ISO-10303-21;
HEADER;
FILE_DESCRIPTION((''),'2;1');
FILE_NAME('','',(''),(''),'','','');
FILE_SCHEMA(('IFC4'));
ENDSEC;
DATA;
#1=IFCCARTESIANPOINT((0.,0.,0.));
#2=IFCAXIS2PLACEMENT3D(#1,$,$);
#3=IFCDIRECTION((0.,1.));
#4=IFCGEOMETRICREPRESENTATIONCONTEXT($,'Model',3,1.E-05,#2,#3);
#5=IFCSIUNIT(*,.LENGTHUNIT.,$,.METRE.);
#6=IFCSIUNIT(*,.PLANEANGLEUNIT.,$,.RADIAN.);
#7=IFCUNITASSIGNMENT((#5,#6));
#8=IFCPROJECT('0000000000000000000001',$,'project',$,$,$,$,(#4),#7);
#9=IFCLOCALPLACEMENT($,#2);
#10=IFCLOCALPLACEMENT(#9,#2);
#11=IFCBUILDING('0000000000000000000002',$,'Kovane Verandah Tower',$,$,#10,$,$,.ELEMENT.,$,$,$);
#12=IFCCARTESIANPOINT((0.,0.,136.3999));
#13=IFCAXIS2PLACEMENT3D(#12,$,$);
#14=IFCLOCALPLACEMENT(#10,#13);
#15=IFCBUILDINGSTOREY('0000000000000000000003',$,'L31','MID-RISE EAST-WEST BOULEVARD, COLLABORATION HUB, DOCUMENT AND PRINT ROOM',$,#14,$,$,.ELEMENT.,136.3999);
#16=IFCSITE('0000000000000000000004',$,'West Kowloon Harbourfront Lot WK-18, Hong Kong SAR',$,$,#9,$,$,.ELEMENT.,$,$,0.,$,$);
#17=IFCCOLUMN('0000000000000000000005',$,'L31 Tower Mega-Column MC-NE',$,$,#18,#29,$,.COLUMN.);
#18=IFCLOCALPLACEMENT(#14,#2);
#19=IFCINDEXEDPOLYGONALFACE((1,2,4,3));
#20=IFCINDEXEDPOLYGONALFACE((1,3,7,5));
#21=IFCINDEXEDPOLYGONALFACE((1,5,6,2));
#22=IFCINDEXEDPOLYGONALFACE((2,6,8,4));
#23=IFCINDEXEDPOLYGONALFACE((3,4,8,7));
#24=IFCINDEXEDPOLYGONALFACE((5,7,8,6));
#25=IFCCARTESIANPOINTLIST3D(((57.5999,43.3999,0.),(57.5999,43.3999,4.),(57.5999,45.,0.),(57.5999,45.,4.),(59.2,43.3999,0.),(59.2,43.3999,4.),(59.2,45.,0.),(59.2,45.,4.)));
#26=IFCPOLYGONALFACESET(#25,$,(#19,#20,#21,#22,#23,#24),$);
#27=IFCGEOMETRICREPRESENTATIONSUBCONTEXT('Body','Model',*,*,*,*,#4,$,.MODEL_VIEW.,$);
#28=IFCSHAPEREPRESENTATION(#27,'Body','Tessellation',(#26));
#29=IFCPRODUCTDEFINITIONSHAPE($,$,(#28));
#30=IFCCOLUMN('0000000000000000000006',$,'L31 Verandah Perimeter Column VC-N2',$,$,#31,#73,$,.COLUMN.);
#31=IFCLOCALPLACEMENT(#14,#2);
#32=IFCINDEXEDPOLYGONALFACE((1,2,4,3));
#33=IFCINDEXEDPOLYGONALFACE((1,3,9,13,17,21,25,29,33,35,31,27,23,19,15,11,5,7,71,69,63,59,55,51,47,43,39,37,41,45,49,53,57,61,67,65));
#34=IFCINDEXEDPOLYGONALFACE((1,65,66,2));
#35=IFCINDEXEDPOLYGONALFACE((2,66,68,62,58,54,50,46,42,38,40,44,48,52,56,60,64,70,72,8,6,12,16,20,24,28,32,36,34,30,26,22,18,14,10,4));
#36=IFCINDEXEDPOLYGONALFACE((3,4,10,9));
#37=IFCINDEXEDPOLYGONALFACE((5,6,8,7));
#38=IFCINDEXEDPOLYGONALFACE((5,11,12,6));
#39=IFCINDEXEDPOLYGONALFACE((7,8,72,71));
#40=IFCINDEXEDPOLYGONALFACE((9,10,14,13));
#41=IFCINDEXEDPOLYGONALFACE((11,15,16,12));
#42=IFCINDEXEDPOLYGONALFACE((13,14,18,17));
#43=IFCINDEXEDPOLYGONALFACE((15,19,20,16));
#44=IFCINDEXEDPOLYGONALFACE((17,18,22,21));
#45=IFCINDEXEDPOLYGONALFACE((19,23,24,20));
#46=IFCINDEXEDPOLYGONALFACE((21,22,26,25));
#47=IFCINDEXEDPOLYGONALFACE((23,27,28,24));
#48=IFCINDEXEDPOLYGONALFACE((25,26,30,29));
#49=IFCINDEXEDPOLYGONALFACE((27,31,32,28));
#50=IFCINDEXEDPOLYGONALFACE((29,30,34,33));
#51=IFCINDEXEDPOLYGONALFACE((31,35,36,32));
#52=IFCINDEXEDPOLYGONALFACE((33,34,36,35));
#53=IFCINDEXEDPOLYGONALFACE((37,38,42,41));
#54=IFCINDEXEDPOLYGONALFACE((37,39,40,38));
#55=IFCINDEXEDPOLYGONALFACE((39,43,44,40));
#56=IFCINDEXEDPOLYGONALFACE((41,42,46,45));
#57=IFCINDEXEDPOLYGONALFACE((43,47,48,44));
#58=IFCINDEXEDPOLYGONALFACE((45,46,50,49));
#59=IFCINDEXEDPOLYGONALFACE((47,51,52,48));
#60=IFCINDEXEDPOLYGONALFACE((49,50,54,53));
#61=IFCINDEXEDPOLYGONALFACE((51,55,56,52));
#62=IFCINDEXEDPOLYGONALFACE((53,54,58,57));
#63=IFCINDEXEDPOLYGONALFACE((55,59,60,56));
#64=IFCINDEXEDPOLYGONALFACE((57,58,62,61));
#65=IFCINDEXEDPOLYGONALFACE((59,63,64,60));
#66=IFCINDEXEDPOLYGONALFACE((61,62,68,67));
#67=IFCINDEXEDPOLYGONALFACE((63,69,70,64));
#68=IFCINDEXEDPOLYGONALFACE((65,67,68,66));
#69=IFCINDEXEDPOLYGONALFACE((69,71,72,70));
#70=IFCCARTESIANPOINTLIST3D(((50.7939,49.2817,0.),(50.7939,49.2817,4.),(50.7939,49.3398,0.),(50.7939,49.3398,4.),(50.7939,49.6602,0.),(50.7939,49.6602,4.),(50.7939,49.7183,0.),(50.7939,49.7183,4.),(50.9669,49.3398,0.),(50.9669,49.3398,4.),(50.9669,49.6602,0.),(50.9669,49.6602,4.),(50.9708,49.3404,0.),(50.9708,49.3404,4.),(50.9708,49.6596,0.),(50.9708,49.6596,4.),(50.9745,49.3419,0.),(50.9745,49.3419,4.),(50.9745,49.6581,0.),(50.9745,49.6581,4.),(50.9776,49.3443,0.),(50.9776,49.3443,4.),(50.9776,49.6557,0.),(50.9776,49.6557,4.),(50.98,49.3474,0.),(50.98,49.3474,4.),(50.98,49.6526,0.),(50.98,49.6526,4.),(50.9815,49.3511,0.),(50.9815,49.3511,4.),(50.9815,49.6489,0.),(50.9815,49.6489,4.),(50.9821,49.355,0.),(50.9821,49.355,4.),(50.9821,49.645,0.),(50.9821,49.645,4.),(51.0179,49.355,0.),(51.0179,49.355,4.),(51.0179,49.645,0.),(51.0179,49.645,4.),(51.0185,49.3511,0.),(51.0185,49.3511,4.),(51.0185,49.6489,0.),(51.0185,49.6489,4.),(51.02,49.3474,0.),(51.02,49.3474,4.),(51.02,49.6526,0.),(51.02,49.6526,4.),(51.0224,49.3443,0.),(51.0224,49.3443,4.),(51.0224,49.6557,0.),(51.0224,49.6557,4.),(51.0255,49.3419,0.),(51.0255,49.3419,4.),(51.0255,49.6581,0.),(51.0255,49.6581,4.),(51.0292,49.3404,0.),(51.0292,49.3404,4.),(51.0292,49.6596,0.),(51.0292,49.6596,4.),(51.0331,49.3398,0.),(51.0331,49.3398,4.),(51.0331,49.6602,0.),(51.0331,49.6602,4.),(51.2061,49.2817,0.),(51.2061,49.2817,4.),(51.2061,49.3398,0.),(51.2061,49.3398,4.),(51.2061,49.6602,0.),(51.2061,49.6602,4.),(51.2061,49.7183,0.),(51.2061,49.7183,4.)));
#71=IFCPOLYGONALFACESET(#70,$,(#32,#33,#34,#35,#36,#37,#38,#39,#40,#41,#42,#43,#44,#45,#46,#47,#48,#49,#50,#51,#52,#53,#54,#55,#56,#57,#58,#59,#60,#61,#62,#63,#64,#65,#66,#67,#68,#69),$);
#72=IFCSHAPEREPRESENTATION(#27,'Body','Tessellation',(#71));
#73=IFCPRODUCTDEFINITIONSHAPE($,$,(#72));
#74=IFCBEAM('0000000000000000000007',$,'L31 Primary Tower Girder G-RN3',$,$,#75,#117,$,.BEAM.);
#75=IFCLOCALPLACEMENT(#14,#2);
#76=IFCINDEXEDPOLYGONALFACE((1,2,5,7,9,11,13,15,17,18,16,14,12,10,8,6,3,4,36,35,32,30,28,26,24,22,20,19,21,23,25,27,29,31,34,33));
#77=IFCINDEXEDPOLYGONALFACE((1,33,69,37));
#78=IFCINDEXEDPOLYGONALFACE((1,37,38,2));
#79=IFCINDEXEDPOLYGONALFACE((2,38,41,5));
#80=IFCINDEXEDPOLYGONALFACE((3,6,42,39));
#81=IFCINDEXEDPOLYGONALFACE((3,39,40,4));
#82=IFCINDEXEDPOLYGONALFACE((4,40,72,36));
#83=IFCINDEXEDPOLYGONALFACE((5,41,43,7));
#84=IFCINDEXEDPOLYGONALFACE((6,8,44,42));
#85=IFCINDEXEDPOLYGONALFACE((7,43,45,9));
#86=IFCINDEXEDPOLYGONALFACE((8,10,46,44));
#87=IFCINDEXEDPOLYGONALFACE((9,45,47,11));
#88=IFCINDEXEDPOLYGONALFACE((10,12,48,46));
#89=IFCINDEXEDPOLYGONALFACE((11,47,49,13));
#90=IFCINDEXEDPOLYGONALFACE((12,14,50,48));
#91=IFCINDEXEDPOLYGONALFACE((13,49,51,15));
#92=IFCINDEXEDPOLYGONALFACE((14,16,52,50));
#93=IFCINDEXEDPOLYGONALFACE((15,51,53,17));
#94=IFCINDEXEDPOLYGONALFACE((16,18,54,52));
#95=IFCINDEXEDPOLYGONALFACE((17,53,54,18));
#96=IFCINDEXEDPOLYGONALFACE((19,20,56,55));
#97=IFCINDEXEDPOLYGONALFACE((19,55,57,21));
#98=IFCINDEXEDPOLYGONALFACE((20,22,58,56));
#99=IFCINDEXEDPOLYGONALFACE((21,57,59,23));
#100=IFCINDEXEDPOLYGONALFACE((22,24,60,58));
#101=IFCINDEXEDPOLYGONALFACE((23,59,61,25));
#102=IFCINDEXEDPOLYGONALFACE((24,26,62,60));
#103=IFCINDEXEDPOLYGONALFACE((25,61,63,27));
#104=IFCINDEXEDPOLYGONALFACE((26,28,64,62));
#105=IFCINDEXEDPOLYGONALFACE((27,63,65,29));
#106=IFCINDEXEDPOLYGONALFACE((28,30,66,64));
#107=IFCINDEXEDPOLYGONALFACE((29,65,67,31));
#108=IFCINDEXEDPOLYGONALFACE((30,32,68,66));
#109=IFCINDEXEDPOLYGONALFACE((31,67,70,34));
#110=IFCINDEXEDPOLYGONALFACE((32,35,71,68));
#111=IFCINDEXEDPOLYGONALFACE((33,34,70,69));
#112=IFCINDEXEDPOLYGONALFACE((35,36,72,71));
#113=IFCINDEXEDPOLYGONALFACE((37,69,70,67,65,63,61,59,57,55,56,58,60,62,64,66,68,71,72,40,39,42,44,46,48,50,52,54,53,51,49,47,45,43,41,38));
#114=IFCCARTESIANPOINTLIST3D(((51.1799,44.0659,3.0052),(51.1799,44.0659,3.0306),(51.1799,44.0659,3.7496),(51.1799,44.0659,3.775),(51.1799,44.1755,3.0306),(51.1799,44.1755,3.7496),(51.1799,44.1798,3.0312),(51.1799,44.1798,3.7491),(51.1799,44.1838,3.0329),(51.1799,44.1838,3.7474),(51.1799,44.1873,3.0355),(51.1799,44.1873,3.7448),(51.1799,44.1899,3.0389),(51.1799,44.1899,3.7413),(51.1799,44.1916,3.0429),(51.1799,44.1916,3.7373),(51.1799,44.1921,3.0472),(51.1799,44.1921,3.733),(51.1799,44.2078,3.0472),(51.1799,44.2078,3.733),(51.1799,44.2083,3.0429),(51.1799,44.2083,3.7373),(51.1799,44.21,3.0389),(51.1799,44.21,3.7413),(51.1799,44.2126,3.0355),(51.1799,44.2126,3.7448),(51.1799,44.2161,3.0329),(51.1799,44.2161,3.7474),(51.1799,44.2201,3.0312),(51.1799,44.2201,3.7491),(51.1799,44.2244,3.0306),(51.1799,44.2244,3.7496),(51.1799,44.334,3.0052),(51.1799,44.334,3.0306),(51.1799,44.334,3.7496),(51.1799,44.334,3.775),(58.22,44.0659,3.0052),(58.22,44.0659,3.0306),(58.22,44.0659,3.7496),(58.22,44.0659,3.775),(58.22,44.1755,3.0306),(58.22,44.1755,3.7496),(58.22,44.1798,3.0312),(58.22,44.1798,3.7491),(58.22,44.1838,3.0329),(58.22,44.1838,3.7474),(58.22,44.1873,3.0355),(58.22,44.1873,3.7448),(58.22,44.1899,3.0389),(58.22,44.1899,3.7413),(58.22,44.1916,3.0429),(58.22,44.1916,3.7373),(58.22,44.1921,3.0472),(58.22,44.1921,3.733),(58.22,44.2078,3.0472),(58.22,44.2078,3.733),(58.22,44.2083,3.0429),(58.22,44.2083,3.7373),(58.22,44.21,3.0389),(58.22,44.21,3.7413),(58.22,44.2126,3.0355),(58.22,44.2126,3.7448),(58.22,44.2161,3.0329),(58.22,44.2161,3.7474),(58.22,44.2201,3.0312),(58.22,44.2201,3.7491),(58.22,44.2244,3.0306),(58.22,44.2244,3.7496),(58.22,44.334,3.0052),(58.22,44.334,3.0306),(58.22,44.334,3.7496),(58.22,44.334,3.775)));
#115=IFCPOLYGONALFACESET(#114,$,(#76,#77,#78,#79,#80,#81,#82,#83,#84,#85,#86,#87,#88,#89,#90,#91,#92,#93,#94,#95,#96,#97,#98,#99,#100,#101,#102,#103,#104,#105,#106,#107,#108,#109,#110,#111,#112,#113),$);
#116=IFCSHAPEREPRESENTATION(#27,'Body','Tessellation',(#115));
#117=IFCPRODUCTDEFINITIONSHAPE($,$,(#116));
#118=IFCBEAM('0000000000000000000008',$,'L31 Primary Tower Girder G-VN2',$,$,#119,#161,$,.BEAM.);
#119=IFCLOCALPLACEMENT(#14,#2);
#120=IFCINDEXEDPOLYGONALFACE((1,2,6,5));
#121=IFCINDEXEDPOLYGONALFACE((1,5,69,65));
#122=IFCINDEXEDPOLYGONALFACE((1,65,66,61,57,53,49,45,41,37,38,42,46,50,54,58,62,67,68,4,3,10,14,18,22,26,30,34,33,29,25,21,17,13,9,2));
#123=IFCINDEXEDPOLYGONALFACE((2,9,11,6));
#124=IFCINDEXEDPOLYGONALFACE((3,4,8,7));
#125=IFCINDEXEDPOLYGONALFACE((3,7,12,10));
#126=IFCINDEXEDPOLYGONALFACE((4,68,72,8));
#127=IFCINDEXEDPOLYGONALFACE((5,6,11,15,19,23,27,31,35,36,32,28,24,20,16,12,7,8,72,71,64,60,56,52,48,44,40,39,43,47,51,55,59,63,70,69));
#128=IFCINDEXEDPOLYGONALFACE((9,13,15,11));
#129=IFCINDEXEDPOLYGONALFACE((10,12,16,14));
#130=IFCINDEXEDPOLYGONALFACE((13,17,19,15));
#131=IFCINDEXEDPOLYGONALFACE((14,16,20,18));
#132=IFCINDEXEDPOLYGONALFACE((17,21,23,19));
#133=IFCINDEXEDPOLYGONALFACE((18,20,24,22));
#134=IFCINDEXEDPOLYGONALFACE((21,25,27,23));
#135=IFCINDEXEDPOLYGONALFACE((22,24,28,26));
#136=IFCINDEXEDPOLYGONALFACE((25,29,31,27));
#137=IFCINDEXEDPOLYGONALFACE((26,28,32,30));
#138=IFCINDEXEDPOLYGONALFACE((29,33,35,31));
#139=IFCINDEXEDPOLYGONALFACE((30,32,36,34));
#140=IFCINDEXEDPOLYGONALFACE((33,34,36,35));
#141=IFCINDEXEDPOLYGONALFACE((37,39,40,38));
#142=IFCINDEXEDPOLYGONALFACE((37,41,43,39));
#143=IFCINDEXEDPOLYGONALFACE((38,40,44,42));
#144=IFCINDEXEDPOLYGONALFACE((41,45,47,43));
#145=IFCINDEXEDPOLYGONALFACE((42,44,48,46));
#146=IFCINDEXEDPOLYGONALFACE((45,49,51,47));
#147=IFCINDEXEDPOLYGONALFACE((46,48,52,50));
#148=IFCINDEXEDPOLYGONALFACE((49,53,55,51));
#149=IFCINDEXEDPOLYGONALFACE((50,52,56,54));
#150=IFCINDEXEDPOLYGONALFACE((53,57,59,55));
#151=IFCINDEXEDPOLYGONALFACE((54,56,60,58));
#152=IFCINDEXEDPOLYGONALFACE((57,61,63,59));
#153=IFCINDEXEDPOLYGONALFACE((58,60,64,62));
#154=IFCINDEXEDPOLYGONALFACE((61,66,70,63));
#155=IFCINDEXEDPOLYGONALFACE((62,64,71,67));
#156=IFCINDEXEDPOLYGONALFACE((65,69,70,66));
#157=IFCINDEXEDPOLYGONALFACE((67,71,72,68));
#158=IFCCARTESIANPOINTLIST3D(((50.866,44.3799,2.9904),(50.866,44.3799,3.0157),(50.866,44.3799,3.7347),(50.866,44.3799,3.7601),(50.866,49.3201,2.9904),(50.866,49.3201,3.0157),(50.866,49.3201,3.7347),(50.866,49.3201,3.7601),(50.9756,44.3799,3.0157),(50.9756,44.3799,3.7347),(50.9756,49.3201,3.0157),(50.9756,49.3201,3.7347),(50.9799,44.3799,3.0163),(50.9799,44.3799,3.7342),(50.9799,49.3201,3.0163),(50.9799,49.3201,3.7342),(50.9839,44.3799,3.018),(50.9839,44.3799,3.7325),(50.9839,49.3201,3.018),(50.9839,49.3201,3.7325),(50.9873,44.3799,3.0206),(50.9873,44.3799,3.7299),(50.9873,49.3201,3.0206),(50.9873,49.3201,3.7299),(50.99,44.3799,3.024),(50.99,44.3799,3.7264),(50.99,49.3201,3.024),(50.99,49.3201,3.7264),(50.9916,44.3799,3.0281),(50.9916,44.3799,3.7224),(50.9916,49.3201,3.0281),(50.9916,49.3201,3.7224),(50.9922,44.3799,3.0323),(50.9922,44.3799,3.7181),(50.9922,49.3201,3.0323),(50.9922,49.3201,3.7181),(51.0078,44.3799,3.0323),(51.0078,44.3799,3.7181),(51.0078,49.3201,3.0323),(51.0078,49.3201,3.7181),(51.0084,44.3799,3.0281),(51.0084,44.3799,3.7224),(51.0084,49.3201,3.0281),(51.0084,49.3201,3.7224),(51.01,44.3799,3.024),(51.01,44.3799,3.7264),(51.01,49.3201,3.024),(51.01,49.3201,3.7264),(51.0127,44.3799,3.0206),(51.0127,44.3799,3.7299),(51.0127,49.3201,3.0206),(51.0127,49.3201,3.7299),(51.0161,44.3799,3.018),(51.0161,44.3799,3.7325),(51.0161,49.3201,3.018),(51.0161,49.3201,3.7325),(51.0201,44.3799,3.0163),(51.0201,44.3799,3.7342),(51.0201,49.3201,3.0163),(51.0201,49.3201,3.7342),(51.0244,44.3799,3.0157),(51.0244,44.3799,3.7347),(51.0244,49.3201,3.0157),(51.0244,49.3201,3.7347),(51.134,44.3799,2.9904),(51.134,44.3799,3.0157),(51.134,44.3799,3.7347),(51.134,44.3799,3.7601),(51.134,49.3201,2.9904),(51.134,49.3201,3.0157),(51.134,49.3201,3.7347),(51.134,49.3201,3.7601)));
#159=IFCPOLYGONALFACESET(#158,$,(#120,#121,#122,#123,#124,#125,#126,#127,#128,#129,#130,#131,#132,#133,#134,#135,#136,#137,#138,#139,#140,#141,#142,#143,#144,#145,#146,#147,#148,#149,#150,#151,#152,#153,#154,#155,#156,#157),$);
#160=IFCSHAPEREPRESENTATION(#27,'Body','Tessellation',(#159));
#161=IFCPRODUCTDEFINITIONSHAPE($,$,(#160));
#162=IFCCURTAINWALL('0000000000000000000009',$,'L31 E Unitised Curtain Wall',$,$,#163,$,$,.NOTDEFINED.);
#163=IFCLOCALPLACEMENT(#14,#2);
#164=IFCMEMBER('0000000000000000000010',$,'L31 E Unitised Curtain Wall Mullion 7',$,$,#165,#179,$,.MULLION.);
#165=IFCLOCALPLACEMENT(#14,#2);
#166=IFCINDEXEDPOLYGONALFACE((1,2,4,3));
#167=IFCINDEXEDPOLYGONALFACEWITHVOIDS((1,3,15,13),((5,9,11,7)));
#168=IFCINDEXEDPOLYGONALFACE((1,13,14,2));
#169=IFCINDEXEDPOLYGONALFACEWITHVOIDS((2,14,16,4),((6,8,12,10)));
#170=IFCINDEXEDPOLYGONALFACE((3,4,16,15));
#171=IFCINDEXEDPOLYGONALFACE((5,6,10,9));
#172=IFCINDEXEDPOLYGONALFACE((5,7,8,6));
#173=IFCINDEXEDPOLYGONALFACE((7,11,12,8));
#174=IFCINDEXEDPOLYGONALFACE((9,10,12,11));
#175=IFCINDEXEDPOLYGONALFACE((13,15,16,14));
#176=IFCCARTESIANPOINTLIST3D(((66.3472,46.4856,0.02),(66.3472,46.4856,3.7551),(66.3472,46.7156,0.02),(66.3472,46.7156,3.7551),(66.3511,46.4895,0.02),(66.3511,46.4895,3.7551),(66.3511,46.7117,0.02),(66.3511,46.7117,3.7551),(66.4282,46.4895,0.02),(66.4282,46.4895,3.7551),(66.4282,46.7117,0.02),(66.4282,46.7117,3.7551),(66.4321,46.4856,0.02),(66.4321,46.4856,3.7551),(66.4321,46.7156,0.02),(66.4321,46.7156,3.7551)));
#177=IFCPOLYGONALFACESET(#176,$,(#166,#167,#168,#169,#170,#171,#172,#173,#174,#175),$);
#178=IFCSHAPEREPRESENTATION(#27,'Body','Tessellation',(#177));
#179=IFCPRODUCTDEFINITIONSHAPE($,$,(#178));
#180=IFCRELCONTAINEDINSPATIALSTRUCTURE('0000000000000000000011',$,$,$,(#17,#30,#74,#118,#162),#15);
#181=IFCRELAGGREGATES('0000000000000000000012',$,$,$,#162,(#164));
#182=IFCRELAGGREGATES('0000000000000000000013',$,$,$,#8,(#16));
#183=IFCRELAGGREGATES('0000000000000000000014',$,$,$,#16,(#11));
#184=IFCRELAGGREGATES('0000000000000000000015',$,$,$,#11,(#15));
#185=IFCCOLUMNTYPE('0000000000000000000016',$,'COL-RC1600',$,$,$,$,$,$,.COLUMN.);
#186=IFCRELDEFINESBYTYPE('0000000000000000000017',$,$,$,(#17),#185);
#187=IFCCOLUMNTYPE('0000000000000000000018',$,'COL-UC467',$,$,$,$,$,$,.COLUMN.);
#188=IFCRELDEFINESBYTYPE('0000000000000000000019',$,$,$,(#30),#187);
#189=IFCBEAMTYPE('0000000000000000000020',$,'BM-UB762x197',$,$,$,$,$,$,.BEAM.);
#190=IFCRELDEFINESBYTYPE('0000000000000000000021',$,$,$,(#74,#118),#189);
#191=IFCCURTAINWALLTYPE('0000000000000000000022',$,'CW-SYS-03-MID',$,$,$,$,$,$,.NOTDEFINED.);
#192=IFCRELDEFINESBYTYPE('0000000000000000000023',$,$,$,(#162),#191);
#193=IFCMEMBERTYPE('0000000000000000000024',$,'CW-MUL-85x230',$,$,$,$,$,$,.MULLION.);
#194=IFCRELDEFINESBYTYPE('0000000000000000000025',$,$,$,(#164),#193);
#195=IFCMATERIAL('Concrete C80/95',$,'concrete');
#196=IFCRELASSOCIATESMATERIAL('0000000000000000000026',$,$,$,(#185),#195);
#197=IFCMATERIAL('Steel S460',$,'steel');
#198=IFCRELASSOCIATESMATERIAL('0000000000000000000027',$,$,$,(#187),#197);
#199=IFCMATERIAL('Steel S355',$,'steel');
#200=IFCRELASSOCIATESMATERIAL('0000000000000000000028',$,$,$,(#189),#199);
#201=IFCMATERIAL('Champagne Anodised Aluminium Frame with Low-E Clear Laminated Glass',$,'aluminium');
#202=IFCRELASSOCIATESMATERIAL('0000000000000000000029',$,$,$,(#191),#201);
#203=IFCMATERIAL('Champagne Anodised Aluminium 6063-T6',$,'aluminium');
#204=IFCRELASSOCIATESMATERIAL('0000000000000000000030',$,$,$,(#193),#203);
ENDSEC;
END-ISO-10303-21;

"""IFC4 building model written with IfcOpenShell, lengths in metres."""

from ifc_helpers import new_model, si_unit, direction, frame, origin, origin_2d, place, context, subcontext, project, spatial, rectangle, hollow_rectangle, i_section, extrude, material, material_profile, profile_set, type_object, element, aggregate, save


model = new_model("IFC4")

# Units and contexts
model_context = context("Model", 3, precision=1e-05, world=origin(), true_north=direction((0.0, 1.0)))
body_context = subcontext(model_context, "Body", "Model", "MODEL_VIEW")
ifc_project = project(units=[si_unit("LENGTHUNIT", "METRE"), si_unit("PLANEANGLEUNIT", "RADIAN")], contexts=[model_context])

# Site, building, storey
site_placement = place(None, origin())
site = spatial("IfcSite", under=ifc_project, at=site_placement, Name="West Kowloon Harbourfront Lot WK-18, Hong Kong SAR", CompositionType="ELEMENT", RefElevation=0.0)
building_placement = place(site_placement, origin())
building = spatial("IfcBuilding", under=site, at=building_placement, Name="Kovane Verandah Tower", CompositionType="ELEMENT")
storey_placement = place(building_placement, frame((0.0, 0.0, 136.3999)))
storey = spatial("IfcBuildingStorey", under=building, at=storey_placement, Name="L31", Description="MID-RISE EAST-WEST BOULEVARD, COLLABORATION HUB, DOCUMENT AND PRINT ROOM", CompositionType="ELEMENT", Elevation=136.3999)

# Columns
ifc_material_1 = material(Name="Concrete C80/95", Category="concrete")
ifc_material_profile_1 = material_profile(ifc_material_1, rectangle(XDim=1.6001, YDim=1.6001, at=origin_2d()), Name="RC1600x1600")
ifc_profile_set_1 = profile_set([ifc_material_profile_1], Name="Concrete C80/95")
column_type_1 = type_object("IfcColumnType", Name="COL-RC1600", PredefinedType="COLUMN", material=ifc_profile_set_1)
column_1_placement = place(storey_placement, frame((58.3999, 44.2, 0.0), z_axis=(0.0, 0.0, 1.0), x_axis=(1.0, 0.0, 0.0)))
element("IfcColumn", 1, at=column_1_placement, inside=storey, type_object=column_type_1, Name="L31 Tower Mega-Column MC-NE", PredefinedType="COLUMN", context=body_context, shape_type="SweptSolid", body=[
    extrude(rectangle(XDim=1.6001, YDim=1.6001, at=origin_2d()), origin(), (0.0, 0.0, 1.0), 4.0),
])
ifc_material_2 = material(Name="Steel S460", Category="steel")
ifc_material_profile_2 = material_profile(ifc_material_2, i_section(OverallWidth=0.4121, OverallDepth=0.4365, WebThickness=0.0359, FlangeThickness=0.0581, FilletRadius=0.0151, at=origin_2d()), Name="UC356x406x467")
ifc_profile_set_2 = profile_set([ifc_material_profile_2], Name="Steel S460")
column_type_2 = type_object("IfcColumnType", Name="COL-UC467", PredefinedType="COLUMN", material=ifc_profile_set_2)
column_2_placement = place(storey_placement, frame((51.0, 49.5, 0.0), z_axis=(0.0, 0.0, 1.0), x_axis=(1.0, 0.0, 0.0)))
element("IfcColumn", 2, at=column_2_placement, inside=storey, type_object=column_type_2, Name="L31 Verandah Perimeter Column VC-N2", PredefinedType="COLUMN", context=body_context, shape_type="SweptSolid", body=[
    extrude(i_section(OverallWidth=0.4121, OverallDepth=0.4365, WebThickness=0.0359, FlangeThickness=0.0581, FilletRadius=0.0151, at=origin_2d()), origin(), (0.0, 0.0, 1.0), 4.0),
])

# Beams
ifc_material_3 = material(Name="Steel S355", Category="steel")
ifc_material_profile_3 = material_profile(ifc_material_3, i_section(OverallWidth=0.2681, OverallDepth=0.7698, WebThickness=0.0156, FlangeThickness=0.0254, FilletRadius=0.0166, at=origin_2d()), Name="UB762x267x197")
ifc_profile_set_3 = profile_set([ifc_material_profile_3], Name="Steel S355")
beam_type = type_object("IfcBeamType", Name="BM-UB762x197", PredefinedType="BEAM", material=ifc_profile_set_3)
beam_1_placement = place(storey_placement, frame((51.1799, 44.2, 3.3901), z_axis=(1.0, 0.0, 0.0), x_axis=(0.0, 1.0, 0.0)))
element("IfcBeam", 3, at=beam_1_placement, inside=storey, type_object=beam_type, Name="L31 Primary Tower Girder G-RN3", PredefinedType="BEAM", context=body_context, shape_type="SweptSolid", body=[
    extrude(i_section(OverallWidth=0.2681, OverallDepth=0.7698, WebThickness=0.0156, FlangeThickness=0.0254, FilletRadius=0.0166, at=origin_2d()), origin(), (0.0, 0.0, 1.0), 7.04),
])
beam_2_placement = place(storey_placement, frame((51.0, 44.3799, 3.3752), z_axis=(0.0, 1.0, 0.0), x_axis=(-1.0, 0.0, 0.0)))
element("IfcBeam", 4, at=beam_2_placement, inside=storey, type_object=beam_type, Name="L31 Primary Tower Girder G-VN2", PredefinedType="BEAM", context=body_context, shape_type="SweptSolid", body=[
    extrude(i_section(OverallWidth=0.2681, OverallDepth=0.7698, WebThickness=0.0156, FlangeThickness=0.0254, FilletRadius=0.0166, at=origin_2d()), origin(), (0.0, 0.0, 1.0), 4.9402),
])

# Curtain wall, member
ifc_material_4 = material(Name="Champagne Anodised Aluminium Frame with Low-E Clear Laminated Glass", Category="aluminium")
curtain_wall_type = type_object("IfcCurtainWallType", Name="CW-SYS-03-MID", PredefinedType="NOTDEFINED", material=ifc_material_4)
curtain_wall_1_placement = place(storey_placement, origin())
curtain_wall_1 = element("IfcCurtainWall", 5, at=curtain_wall_1_placement, inside=storey, type_object=curtain_wall_type, Name="L31 E Unitised Curtain Wall", PredefinedType="NOTDEFINED")
ifc_material_5 = material(Name="Champagne Anodised Aluminium 6063-T6", Category="aluminium")
ifc_material_profile_4 = material_profile(ifc_material_5, hollow_rectangle(XDim=0.085, YDim=0.23, WallThickness=0.0039, at=origin_2d()), Name="AL85x230x4")
ifc_profile_set_4 = profile_set([ifc_material_profile_4], Name="Champagne Anodised Aluminium 6063-T6")
member_type_1 = type_object("IfcMemberType", Name="CW-MUL-85x230", PredefinedType="MULLION", material=ifc_profile_set_4)
member_1_placement = place(storey_placement, frame((66.3896, 46.6006, 0.02), z_axis=(0.0, 0.0, 1.0), x_axis=(1.0, 0.0, 0.0)))
member_1 = element("IfcMember", 6, at=member_1_placement, type_object=member_type_1, Name="L31 E Unitised Curtain Wall Mullion 7", PredefinedType="MULLION", context=body_context, shape_type="SweptSolid", body=[
    extrude(hollow_rectangle(XDim=0.085, YDim=0.23, WallThickness=0.0039, at=origin_2d()), origin(), (0.0, 0.0, 1.0), 3.7351),
])

aggregate(curtain_wall_1, [member_1])

save(model, "model.ifc")
